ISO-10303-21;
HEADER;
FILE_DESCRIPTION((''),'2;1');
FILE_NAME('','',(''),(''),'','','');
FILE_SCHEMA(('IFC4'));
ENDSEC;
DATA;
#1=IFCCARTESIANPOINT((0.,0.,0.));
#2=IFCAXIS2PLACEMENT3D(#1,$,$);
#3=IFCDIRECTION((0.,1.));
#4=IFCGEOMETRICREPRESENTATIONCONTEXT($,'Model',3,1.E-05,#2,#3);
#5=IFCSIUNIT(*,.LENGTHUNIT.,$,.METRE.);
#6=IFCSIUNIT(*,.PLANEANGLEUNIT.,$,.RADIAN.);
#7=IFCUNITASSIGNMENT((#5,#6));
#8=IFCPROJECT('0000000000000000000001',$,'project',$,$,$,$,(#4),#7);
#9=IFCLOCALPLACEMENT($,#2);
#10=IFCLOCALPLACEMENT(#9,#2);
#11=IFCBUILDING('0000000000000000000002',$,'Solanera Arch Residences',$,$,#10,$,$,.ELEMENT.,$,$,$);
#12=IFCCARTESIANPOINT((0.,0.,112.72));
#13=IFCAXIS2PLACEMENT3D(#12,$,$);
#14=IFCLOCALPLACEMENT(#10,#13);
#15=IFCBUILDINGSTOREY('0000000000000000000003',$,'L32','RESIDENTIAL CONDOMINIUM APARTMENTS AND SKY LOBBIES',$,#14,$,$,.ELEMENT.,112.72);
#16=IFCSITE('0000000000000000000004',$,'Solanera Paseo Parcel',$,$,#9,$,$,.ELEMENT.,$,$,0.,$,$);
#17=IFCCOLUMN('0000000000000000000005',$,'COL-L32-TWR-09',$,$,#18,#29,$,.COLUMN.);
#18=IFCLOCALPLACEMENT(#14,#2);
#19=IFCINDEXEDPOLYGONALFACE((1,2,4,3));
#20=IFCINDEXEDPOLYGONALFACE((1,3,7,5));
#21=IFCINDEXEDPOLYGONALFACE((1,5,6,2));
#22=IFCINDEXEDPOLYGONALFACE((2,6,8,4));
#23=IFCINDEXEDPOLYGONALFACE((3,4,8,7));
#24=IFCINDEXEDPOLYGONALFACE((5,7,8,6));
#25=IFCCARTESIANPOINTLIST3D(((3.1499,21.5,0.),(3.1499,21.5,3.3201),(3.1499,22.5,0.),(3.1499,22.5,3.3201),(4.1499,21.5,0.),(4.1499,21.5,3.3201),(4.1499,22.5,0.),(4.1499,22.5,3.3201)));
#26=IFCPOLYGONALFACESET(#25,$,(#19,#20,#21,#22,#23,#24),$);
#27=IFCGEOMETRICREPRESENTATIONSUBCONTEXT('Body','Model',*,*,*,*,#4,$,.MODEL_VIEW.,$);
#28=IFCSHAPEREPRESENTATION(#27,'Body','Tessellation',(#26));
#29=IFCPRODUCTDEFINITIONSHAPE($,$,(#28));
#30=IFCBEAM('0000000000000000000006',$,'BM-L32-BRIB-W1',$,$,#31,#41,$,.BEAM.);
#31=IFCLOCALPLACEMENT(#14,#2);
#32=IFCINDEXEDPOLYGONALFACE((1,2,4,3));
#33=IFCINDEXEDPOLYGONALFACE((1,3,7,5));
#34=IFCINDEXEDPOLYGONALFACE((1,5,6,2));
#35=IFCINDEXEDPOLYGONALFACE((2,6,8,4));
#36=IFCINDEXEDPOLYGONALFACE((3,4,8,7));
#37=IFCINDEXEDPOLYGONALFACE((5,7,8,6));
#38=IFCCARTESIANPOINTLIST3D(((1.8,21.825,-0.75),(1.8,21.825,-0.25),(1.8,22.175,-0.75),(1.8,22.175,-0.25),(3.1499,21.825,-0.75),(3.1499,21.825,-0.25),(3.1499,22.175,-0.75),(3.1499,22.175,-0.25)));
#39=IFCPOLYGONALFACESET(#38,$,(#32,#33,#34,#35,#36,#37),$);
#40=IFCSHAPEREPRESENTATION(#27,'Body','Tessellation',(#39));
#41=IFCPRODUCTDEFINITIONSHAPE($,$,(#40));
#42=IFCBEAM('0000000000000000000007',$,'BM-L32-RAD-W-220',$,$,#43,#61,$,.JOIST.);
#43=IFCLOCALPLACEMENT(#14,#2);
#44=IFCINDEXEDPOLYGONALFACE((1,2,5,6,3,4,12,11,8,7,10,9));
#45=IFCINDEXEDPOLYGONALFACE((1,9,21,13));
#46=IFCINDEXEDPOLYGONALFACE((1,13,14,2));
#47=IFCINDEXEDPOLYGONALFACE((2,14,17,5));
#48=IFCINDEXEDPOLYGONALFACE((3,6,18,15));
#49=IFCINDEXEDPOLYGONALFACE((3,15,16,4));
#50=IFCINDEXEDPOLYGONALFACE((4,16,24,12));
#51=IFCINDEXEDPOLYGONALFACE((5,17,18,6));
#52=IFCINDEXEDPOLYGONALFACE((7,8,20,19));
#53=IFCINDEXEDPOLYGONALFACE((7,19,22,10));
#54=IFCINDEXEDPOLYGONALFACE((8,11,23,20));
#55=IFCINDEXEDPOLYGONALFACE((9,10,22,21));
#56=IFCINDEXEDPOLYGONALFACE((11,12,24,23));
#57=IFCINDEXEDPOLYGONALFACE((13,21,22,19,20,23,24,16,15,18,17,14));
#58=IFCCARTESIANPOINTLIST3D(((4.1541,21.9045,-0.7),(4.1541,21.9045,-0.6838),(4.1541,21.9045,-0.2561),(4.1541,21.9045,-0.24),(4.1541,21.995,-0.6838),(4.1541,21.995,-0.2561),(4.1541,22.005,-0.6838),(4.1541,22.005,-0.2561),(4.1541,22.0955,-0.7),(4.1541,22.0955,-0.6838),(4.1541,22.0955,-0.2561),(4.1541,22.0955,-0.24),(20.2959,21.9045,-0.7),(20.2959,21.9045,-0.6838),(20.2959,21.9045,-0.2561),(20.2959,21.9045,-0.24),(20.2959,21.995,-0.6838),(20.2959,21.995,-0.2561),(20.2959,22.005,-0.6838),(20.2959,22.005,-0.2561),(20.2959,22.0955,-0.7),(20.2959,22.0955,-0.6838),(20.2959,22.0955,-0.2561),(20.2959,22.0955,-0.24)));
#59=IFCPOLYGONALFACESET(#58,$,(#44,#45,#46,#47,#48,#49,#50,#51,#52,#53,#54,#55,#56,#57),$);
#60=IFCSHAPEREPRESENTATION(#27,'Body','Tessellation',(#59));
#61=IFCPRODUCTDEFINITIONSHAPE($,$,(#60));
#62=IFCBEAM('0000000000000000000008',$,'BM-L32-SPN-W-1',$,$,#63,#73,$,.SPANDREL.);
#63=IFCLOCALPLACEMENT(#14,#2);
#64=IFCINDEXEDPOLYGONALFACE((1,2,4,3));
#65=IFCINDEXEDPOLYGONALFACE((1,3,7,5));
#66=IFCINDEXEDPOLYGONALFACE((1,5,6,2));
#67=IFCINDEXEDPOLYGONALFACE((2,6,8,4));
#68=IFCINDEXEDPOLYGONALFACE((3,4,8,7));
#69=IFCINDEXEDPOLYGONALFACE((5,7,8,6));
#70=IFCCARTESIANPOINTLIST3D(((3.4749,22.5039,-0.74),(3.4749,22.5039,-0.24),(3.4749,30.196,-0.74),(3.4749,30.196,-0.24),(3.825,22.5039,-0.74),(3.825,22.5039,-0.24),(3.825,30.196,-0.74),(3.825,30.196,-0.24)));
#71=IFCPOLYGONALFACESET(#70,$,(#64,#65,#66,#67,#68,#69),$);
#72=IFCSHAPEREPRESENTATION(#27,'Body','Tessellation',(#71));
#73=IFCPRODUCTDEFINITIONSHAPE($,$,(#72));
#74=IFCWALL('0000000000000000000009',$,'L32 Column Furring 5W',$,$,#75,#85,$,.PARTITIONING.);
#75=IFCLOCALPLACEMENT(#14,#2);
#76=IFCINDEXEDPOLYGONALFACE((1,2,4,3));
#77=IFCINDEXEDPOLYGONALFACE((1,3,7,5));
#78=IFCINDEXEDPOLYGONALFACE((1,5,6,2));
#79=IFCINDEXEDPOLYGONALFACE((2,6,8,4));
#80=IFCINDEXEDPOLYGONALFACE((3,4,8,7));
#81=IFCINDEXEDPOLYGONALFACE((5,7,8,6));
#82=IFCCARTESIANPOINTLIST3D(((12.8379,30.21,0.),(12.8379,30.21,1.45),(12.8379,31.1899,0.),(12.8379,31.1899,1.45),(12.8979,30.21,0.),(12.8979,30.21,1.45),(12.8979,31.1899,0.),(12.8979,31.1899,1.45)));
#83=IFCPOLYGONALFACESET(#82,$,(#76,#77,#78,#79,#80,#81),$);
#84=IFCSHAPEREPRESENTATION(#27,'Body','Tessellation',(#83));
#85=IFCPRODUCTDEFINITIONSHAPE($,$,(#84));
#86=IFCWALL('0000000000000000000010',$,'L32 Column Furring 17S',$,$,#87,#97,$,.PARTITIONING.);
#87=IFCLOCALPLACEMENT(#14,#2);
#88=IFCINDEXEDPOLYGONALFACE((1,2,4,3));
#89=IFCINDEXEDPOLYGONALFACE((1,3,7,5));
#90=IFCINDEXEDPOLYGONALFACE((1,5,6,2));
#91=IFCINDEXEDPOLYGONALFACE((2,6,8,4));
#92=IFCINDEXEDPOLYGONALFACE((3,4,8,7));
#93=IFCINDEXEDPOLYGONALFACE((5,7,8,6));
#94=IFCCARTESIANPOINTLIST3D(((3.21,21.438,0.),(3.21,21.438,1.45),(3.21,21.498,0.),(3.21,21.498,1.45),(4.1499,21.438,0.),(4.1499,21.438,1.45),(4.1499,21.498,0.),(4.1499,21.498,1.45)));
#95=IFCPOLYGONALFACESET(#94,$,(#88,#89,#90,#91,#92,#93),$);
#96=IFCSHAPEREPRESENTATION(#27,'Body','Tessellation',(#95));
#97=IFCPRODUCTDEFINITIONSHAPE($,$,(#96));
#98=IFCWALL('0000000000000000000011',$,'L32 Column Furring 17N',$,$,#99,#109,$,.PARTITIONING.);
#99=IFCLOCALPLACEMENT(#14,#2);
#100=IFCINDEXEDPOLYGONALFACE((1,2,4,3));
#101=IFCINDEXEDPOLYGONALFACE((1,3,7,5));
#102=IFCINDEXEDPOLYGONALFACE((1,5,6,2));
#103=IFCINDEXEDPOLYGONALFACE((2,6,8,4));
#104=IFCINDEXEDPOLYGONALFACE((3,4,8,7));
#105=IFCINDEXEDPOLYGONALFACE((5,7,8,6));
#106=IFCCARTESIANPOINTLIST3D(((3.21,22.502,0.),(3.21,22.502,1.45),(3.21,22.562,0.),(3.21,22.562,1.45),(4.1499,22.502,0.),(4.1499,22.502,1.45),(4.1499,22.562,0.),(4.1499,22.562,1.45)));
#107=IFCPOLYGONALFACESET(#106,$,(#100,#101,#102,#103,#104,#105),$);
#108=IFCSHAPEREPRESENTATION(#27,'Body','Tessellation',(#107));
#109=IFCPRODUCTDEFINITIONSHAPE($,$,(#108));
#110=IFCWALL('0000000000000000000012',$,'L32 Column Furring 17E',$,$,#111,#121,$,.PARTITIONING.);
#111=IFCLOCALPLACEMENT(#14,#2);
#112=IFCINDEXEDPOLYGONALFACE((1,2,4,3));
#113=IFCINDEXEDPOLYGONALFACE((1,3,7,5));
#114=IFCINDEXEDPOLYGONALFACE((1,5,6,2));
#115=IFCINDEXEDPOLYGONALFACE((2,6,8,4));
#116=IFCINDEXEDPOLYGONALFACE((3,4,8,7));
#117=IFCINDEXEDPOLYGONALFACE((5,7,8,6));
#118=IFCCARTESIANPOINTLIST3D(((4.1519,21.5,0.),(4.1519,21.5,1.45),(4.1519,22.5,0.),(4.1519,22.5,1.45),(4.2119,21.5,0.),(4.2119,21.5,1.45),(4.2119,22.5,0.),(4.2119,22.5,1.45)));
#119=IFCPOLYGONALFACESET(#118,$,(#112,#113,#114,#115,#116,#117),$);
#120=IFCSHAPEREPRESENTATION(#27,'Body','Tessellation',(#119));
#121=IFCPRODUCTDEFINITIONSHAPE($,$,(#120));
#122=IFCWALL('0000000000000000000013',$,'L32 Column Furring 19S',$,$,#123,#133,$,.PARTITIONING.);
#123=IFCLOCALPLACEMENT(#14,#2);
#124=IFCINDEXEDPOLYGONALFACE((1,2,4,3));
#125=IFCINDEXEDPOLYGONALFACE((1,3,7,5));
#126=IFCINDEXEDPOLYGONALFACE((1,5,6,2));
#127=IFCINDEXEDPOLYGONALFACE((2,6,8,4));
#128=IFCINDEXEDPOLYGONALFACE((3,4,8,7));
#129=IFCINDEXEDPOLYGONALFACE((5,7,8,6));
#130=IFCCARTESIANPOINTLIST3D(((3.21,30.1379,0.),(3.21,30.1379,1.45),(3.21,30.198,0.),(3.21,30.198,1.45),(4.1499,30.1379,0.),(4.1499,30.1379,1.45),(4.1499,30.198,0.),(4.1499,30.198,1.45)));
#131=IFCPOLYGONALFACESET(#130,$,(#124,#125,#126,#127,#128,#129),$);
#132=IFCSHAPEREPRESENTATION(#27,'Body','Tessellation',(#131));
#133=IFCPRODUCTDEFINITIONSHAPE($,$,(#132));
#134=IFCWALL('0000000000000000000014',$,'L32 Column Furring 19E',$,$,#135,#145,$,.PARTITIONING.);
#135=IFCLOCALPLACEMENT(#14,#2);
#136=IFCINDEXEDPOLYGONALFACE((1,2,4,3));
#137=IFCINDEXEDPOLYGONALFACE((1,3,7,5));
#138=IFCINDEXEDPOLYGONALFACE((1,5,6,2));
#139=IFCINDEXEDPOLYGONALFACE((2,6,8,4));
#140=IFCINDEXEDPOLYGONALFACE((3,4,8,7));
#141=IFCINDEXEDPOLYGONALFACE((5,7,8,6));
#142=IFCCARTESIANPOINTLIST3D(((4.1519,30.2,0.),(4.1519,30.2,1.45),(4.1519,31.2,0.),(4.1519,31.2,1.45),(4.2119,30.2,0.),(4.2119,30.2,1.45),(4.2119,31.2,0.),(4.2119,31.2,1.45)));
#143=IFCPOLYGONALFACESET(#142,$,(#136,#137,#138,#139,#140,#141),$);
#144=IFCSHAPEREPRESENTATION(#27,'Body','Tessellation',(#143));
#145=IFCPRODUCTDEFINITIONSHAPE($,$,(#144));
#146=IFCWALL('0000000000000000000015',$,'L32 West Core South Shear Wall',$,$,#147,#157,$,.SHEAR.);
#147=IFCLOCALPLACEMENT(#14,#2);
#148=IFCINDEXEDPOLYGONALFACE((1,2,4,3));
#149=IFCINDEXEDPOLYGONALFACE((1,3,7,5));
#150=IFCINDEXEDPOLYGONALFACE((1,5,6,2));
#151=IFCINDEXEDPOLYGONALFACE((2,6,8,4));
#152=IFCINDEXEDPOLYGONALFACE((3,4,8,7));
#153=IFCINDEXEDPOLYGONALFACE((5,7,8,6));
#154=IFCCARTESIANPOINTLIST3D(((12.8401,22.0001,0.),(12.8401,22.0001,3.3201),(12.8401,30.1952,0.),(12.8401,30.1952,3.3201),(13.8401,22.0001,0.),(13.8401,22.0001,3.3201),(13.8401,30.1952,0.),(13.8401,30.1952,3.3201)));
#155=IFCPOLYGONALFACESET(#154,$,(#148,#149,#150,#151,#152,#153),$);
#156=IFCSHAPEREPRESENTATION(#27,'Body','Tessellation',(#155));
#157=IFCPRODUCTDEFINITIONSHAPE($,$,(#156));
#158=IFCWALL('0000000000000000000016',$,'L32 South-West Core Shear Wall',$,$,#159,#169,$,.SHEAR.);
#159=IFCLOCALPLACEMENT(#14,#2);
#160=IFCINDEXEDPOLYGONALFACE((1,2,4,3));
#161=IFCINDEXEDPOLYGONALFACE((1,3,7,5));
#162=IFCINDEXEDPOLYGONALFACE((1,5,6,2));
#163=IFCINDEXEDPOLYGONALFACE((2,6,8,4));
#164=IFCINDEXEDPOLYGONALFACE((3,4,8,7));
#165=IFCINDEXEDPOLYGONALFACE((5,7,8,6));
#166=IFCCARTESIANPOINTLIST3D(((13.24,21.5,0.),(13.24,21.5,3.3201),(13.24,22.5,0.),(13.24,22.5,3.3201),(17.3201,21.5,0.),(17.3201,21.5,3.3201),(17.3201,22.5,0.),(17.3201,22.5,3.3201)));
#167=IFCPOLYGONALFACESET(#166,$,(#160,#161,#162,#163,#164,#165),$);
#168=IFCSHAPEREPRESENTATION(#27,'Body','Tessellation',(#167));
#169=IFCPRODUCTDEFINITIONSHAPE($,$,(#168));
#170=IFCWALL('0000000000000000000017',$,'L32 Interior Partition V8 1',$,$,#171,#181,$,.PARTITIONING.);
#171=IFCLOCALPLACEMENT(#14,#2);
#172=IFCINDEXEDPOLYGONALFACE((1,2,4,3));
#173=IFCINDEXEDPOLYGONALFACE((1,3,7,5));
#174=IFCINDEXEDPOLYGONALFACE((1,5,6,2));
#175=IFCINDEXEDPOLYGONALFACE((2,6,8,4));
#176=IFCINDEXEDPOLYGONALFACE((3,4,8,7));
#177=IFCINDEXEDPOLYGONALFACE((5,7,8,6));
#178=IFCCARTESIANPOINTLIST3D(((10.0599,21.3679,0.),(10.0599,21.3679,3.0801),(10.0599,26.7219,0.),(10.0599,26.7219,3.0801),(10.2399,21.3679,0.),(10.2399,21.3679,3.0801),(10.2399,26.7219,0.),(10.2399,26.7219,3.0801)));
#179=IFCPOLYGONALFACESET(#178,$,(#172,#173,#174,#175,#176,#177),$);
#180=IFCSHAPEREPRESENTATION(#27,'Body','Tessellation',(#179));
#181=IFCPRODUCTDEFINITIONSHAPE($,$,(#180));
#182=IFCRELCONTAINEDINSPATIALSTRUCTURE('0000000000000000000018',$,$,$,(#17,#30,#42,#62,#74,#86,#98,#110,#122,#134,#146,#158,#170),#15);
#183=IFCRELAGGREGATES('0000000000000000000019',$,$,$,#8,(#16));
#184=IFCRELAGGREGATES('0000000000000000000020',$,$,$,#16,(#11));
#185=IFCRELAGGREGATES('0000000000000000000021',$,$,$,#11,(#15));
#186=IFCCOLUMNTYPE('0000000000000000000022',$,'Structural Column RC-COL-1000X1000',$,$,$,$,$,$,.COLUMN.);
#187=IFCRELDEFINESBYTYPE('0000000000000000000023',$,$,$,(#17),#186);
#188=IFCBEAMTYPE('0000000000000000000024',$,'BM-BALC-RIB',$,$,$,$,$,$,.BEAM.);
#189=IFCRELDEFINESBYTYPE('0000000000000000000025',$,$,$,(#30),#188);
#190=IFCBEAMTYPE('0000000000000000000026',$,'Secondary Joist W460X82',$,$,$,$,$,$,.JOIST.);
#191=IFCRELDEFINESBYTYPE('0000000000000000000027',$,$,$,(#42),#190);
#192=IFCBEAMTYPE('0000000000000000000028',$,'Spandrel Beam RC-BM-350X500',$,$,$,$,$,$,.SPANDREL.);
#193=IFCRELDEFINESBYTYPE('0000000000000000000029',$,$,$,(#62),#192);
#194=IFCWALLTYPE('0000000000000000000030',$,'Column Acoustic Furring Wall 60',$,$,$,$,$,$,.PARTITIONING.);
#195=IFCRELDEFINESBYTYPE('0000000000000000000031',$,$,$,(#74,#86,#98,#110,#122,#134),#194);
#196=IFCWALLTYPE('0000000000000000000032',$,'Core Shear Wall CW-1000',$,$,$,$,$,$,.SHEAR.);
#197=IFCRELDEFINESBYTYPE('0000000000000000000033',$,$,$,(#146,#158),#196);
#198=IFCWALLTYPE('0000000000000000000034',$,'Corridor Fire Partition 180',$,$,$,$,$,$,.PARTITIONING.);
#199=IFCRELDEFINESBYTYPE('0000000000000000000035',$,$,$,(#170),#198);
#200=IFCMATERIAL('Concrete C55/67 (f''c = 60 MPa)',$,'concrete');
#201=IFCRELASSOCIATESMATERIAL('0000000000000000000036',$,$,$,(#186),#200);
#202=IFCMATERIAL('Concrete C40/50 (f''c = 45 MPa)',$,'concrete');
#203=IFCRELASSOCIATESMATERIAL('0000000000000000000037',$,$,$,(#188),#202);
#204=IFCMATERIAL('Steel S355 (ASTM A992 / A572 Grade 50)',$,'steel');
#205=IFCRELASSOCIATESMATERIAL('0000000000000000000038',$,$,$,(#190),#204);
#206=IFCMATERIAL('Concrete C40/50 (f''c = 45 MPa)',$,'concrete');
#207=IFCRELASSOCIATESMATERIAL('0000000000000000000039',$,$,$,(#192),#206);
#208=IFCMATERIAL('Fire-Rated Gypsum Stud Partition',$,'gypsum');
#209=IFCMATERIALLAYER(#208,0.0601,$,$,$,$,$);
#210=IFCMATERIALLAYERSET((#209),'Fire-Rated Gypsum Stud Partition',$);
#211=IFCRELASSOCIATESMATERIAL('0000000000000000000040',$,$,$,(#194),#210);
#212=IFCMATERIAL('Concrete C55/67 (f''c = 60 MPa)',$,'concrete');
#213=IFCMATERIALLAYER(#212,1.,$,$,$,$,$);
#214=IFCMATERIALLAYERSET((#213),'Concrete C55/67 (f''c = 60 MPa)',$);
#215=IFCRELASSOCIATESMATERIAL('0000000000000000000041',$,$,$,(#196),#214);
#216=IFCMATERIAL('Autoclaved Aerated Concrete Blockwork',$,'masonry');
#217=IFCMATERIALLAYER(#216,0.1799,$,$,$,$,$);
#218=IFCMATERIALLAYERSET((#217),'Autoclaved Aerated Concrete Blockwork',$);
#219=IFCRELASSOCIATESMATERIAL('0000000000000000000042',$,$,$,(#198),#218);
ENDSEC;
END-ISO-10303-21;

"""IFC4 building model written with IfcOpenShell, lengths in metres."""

from ifc_helpers import new_model, si_unit, direction, frame, frame_2d, origin, origin_2d, place, context, subcontext, project, spatial, rectangle, i_section, extrude, material, layer, layer_set, material_profile, profile_set, type_object, element, save


model = new_model("IFC4")

# Units and contexts
model_context = context("Model", 3, precision=1e-05, world=origin(), true_north=direction((0.0, 1.0)))
body_context = subcontext(model_context, "Body", "Model", "MODEL_VIEW")
ifc_project = project(units=[si_unit("LENGTHUNIT", "METRE"), si_unit("PLANEANGLEUNIT", "RADIAN")], contexts=[model_context])

# Site, building, storey
site_placement = place(None, origin())
site = spatial("IfcSite", under=ifc_project, at=site_placement, Name="Solanera Paseo Parcel", CompositionType="ELEMENT", RefElevation=0.0)
building_placement = place(site_placement, origin())
building = spatial("IfcBuilding", under=site, at=building_placement, Name="Solanera Arch Residences", CompositionType="ELEMENT")
storey_placement = place(building_placement, frame((0.0, 0.0, 112.72)))
storey = spatial("IfcBuildingStorey", under=building, at=storey_placement, Name="L32", Description="RESIDENTIAL CONDOMINIUM APARTMENTS AND SKY LOBBIES", CompositionType="ELEMENT", Elevation=112.72)

# Column
ifc_material_1 = material(Name="Concrete C55/67 (f'c = 60 MPa)", Category="concrete")
ifc_material_profile_1 = material_profile(ifc_material_1, rectangle(XDim=1.0, YDim=1.0, at=origin_2d()))
ifc_profile_set_1 = profile_set([ifc_material_profile_1], Name="Concrete C55/67 (f'c = 60 MPa)")
column_type = type_object("IfcColumnType", Name="Structural Column RC-COL-1000X1000", PredefinedType="COLUMN", material=ifc_profile_set_1)
column_placement = place(storey_placement, frame((3.6499, 22.0, 0.0), z_axis=(0.0, 0.0, 1.0), x_axis=(1.0, 0.0, 0.0)))
element("IfcColumn", 1, at=column_placement, inside=storey, type_object=column_type, Name="COL-L32-TWR-09", PredefinedType="COLUMN", context=body_context, shape_type="SweptSolid", body=[
    extrude(rectangle(XDim=1.0, YDim=1.0, at=origin_2d()), origin(), (0.0, 0.0, 1.0), 3.3201),
])

# Beams
ifc_material_2 = material(Name="Concrete C40/50 (f'c = 45 MPa)", Category="concrete")
ifc_material_profile_2 = material_profile(ifc_material_2, rectangle(XDim=0.3501, YDim=0.5, at=origin_2d()))
ifc_profile_set_2 = profile_set([ifc_material_profile_2], Name="Concrete C40/50 (f'c = 45 MPa)")
beam_type_1 = type_object("IfcBeamType", Name="BM-BALC-RIB", PredefinedType="BEAM", material=ifc_profile_set_2)
beam_1_placement = place(storey_placement, frame((1.8, 22.0, -0.5), z_axis=(1.0, 0.0, 0.0), x_axis=(0.0, 1.0, 0.0)))
element("IfcBeam", 2, at=beam_1_placement, inside=storey, type_object=beam_type_1, Name="BM-L32-BRIB-W1", PredefinedType="BEAM", context=body_context, shape_type="SweptSolid", body=[
    extrude(rectangle(XDim=0.3501, YDim=0.5, at=origin_2d()), origin(), (0.0, 0.0, 1.0), 1.3499),
])
ifc_material_3 = material(Name="Steel S355 (ASTM A992 / A572 Grade 50)", Category="steel")
ifc_material_profile_3 = material_profile(ifc_material_3, i_section(OverallWidth=0.1909, OverallDepth=0.46, WebThickness=0.01, FlangeThickness=0.0161, at=origin_2d()))
ifc_profile_set_3 = profile_set([ifc_material_profile_3], Name="Steel S355 (ASTM A992 / A572 Grade 50)")
beam_type_2 = type_object("IfcBeamType", Name="Secondary Joist W460X82", PredefinedType="JOIST", material=ifc_profile_set_3)
beam_2_placement = place(storey_placement, frame((4.1541, 22.0, -0.47), z_axis=(1.0, 0.0, 0.0), x_axis=(0.0, 1.0, 0.0)))
element("IfcBeam", 3, at=beam_2_placement, inside=storey, type_object=beam_type_2, Name="BM-L32-RAD-W-220", PredefinedType="JOIST", context=body_context, shape_type="SweptSolid", body=[
    extrude(i_section(OverallWidth=0.1909, OverallDepth=0.46, WebThickness=0.01, FlangeThickness=0.0161, at=origin_2d()), origin(), (0.0, 0.0, 1.0), 16.1418),
])
ifc_material_4 = material(Name="Concrete C40/50 (f'c = 45 MPa)", Category="concrete")
ifc_material_profile_4 = material_profile(ifc_material_4, rectangle(XDim=0.3501, YDim=0.5, at=origin_2d()))
ifc_profile_set_4 = profile_set([ifc_material_profile_4], Name="Concrete C40/50 (f'c = 45 MPa)")
beam_type_3 = type_object("IfcBeamType", Name="Spandrel Beam RC-BM-350X500", PredefinedType="SPANDREL", material=ifc_profile_set_4)
beam_3_placement = place(storey_placement, frame((3.6499, 22.5039, -0.49), z_axis=(0.0, 1.0, 0.0), x_axis=(-1.0, 0.0, 0.0)))
element("IfcBeam", 4, at=beam_3_placement, inside=storey, type_object=beam_type_3, Name="BM-L32-SPN-W-1", PredefinedType="SPANDREL", context=body_context, shape_type="SweptSolid", body=[
    extrude(rectangle(XDim=0.3501, YDim=0.5, at=origin_2d()), origin(), (0.0, 0.0, 1.0), 7.6921),
])

# Walls
ifc_material_5 = material(Name="Fire-Rated Gypsum Stud Partition", Category="gypsum")
ifc_layer_1 = layer(ifc_material_5, 0.0601)
ifc_layer_set_1 = layer_set([ifc_layer_1], Name="Fire-Rated Gypsum Stud Partition")
wall_type_1 = type_object("IfcWallType", Name="Column Acoustic Furring Wall 60", PredefinedType="PARTITIONING", material=ifc_layer_set_1)
wall_1_placement = place(storey_placement, frame((12.8679, 30.21, 0.0), z_axis=(0.0, 0.0, 1.0), x_axis=(0.0, 1.0, 0.0)))
element("IfcWall", 5, at=wall_1_placement, inside=storey, type_object=wall_type_1, Name="L32 Column Furring 5W", PredefinedType="PARTITIONING", context=body_context, shape_type="SweptSolid", body=[
    extrude(rectangle(XDim=0.98, YDim=0.0601, at=frame_2d((0.49, 0.0))), origin(), (0.0, 0.0, 1.0), 1.45),
])
for number, where, z_axis, x_axis, name in (
    (6, (3.21, 21.468, 0.0), (0.0, 0.0, 1.0), (1.0, 0.0, 0.0), "L32 Column Furring 17S"),
    (7, (3.21, 22.532, 0.0), (0.0, 0.0, 1.0), (1.0, 0.0, 0.0), "L32 Column Furring 17N"),
):
    element("IfcWall", number, at=place(storey_placement, frame(where, z_axis=z_axis, x_axis=x_axis)), inside=storey, type_object=wall_type_1, Name=name, PredefinedType="PARTITIONING", context=body_context, shape_type="SweptSolid", body=[
        extrude(rectangle(XDim=0.9399, YDim=0.0601, at=frame_2d((0.47, 0.0))), origin(), (0.0, 0.0, 1.0), 1.45),
    ])
wall_2_placement = place(storey_placement, frame((4.1819, 21.5, 0.0), z_axis=(0.0, 0.0, 1.0), x_axis=(0.0, 1.0, 0.0)))
element("IfcWall", 8, at=wall_2_placement, inside=storey, type_object=wall_type_1, Name="L32 Column Furring 17E", PredefinedType="PARTITIONING", context=body_context, shape_type="SweptSolid", body=[
    extrude(rectangle(XDim=1.0, YDim=0.0601, at=frame_2d((0.5, 0.0))), origin(), (0.0, 0.0, 1.0), 1.45),
])
wall_3_placement = place(storey_placement, frame((3.21, 30.168, 0.0), z_axis=(0.0, 0.0, 1.0), x_axis=(1.0, 0.0, 0.0)))
element("IfcWall", 9, at=wall_3_placement, inside=storey, type_object=wall_type_1, Name="L32 Column Furring 19S", PredefinedType="PARTITIONING", context=body_context, shape_type="SweptSolid", body=[
    extrude(rectangle(XDim=0.9399, YDim=0.0601, at=frame_2d((0.47, 0.0))), origin(), (0.0, 0.0, 1.0), 1.45),
])
wall_4_placement = place(storey_placement, frame((4.1819, 30.2, 0.0), z_axis=(0.0, 0.0, 1.0), x_axis=(0.0, 1.0, 0.0)))
element("IfcWall", 10, at=wall_4_placement, inside=storey, type_object=wall_type_1, Name="L32 Column Furring 19E", PredefinedType="PARTITIONING", context=body_context, shape_type="SweptSolid", body=[
    extrude(rectangle(XDim=1.0, YDim=0.0601, at=frame_2d((0.5, 0.0))), origin(), (0.0, 0.0, 1.0), 1.45),
])
ifc_material_6 = material(Name="Concrete C55/67 (f'c = 60 MPa)", Category="concrete")
ifc_layer_2 = layer(ifc_material_6, 1.0)
ifc_layer_set_2 = layer_set([ifc_layer_2], Name="Concrete C55/67 (f'c = 60 MPa)")
wall_type_2 = type_object("IfcWallType", Name="Core Shear Wall CW-1000", PredefinedType="SHEAR", material=ifc_layer_set_2)
wall_5_placement = place(storey_placement, frame((13.3401, 22.0, 0.0), z_axis=(0.0, 0.0, 1.0), x_axis=(0.0, 1.0, 0.0)))
element("IfcWall", 11, at=wall_5_placement, inside=storey, type_object=wall_type_2, Name="L32 West Core South Shear Wall", PredefinedType="SHEAR", context=body_context, shape_type="SweptSolid", body=[
    extrude(rectangle(XDim=8.1951, YDim=1.0, at=frame_2d((4.0977, 0.0))), origin(), (0.0, 0.0, 1.0), 3.3201),
])
wall_6_placement = place(storey_placement, frame((13.24, 22.0, 0.0), z_axis=(0.0, 0.0, 1.0), x_axis=(1.0, 0.0, 0.0)))
element("IfcWall", 12, at=wall_6_placement, inside=storey, type_object=wall_type_2, Name="L32 South-West Core Shear Wall", PredefinedType="SHEAR", context=body_context, shape_type="SweptSolid", body=[
    extrude(rectangle(XDim=4.0801, YDim=1.0, at=frame_2d((2.04, 0.0))), origin(), (0.0, 0.0, 1.0), 3.3201),
])
ifc_material_7 = material(Name="Autoclaved Aerated Concrete Blockwork", Category="masonry")
ifc_layer_3 = layer(ifc_material_7, 0.1799)
ifc_layer_set_3 = layer_set([ifc_layer_3], Name="Autoclaved Aerated Concrete Blockwork")
wall_type_3 = type_object("IfcWallType", Name="Corridor Fire Partition 180", PredefinedType="PARTITIONING", material=ifc_layer_set_3)
wall_7_placement = place(storey_placement, frame((10.1499, 21.3679, 0.0), z_axis=(0.0, 0.0, 1.0), x_axis=(0.0, 1.0, 0.0)))
element("IfcWall", 13, at=wall_7_placement, inside=storey, type_object=wall_type_3, Name="L32 Interior Partition V8 1", PredefinedType="PARTITIONING", context=body_context, shape_type="SweptSolid", body=[
    extrude(rectangle(XDim=5.354, YDim=0.1799, at=frame_2d((2.677, 0.0))), origin(), (0.0, 0.0, 1.0), 3.0801),
])

save(model, "model.ifc")
